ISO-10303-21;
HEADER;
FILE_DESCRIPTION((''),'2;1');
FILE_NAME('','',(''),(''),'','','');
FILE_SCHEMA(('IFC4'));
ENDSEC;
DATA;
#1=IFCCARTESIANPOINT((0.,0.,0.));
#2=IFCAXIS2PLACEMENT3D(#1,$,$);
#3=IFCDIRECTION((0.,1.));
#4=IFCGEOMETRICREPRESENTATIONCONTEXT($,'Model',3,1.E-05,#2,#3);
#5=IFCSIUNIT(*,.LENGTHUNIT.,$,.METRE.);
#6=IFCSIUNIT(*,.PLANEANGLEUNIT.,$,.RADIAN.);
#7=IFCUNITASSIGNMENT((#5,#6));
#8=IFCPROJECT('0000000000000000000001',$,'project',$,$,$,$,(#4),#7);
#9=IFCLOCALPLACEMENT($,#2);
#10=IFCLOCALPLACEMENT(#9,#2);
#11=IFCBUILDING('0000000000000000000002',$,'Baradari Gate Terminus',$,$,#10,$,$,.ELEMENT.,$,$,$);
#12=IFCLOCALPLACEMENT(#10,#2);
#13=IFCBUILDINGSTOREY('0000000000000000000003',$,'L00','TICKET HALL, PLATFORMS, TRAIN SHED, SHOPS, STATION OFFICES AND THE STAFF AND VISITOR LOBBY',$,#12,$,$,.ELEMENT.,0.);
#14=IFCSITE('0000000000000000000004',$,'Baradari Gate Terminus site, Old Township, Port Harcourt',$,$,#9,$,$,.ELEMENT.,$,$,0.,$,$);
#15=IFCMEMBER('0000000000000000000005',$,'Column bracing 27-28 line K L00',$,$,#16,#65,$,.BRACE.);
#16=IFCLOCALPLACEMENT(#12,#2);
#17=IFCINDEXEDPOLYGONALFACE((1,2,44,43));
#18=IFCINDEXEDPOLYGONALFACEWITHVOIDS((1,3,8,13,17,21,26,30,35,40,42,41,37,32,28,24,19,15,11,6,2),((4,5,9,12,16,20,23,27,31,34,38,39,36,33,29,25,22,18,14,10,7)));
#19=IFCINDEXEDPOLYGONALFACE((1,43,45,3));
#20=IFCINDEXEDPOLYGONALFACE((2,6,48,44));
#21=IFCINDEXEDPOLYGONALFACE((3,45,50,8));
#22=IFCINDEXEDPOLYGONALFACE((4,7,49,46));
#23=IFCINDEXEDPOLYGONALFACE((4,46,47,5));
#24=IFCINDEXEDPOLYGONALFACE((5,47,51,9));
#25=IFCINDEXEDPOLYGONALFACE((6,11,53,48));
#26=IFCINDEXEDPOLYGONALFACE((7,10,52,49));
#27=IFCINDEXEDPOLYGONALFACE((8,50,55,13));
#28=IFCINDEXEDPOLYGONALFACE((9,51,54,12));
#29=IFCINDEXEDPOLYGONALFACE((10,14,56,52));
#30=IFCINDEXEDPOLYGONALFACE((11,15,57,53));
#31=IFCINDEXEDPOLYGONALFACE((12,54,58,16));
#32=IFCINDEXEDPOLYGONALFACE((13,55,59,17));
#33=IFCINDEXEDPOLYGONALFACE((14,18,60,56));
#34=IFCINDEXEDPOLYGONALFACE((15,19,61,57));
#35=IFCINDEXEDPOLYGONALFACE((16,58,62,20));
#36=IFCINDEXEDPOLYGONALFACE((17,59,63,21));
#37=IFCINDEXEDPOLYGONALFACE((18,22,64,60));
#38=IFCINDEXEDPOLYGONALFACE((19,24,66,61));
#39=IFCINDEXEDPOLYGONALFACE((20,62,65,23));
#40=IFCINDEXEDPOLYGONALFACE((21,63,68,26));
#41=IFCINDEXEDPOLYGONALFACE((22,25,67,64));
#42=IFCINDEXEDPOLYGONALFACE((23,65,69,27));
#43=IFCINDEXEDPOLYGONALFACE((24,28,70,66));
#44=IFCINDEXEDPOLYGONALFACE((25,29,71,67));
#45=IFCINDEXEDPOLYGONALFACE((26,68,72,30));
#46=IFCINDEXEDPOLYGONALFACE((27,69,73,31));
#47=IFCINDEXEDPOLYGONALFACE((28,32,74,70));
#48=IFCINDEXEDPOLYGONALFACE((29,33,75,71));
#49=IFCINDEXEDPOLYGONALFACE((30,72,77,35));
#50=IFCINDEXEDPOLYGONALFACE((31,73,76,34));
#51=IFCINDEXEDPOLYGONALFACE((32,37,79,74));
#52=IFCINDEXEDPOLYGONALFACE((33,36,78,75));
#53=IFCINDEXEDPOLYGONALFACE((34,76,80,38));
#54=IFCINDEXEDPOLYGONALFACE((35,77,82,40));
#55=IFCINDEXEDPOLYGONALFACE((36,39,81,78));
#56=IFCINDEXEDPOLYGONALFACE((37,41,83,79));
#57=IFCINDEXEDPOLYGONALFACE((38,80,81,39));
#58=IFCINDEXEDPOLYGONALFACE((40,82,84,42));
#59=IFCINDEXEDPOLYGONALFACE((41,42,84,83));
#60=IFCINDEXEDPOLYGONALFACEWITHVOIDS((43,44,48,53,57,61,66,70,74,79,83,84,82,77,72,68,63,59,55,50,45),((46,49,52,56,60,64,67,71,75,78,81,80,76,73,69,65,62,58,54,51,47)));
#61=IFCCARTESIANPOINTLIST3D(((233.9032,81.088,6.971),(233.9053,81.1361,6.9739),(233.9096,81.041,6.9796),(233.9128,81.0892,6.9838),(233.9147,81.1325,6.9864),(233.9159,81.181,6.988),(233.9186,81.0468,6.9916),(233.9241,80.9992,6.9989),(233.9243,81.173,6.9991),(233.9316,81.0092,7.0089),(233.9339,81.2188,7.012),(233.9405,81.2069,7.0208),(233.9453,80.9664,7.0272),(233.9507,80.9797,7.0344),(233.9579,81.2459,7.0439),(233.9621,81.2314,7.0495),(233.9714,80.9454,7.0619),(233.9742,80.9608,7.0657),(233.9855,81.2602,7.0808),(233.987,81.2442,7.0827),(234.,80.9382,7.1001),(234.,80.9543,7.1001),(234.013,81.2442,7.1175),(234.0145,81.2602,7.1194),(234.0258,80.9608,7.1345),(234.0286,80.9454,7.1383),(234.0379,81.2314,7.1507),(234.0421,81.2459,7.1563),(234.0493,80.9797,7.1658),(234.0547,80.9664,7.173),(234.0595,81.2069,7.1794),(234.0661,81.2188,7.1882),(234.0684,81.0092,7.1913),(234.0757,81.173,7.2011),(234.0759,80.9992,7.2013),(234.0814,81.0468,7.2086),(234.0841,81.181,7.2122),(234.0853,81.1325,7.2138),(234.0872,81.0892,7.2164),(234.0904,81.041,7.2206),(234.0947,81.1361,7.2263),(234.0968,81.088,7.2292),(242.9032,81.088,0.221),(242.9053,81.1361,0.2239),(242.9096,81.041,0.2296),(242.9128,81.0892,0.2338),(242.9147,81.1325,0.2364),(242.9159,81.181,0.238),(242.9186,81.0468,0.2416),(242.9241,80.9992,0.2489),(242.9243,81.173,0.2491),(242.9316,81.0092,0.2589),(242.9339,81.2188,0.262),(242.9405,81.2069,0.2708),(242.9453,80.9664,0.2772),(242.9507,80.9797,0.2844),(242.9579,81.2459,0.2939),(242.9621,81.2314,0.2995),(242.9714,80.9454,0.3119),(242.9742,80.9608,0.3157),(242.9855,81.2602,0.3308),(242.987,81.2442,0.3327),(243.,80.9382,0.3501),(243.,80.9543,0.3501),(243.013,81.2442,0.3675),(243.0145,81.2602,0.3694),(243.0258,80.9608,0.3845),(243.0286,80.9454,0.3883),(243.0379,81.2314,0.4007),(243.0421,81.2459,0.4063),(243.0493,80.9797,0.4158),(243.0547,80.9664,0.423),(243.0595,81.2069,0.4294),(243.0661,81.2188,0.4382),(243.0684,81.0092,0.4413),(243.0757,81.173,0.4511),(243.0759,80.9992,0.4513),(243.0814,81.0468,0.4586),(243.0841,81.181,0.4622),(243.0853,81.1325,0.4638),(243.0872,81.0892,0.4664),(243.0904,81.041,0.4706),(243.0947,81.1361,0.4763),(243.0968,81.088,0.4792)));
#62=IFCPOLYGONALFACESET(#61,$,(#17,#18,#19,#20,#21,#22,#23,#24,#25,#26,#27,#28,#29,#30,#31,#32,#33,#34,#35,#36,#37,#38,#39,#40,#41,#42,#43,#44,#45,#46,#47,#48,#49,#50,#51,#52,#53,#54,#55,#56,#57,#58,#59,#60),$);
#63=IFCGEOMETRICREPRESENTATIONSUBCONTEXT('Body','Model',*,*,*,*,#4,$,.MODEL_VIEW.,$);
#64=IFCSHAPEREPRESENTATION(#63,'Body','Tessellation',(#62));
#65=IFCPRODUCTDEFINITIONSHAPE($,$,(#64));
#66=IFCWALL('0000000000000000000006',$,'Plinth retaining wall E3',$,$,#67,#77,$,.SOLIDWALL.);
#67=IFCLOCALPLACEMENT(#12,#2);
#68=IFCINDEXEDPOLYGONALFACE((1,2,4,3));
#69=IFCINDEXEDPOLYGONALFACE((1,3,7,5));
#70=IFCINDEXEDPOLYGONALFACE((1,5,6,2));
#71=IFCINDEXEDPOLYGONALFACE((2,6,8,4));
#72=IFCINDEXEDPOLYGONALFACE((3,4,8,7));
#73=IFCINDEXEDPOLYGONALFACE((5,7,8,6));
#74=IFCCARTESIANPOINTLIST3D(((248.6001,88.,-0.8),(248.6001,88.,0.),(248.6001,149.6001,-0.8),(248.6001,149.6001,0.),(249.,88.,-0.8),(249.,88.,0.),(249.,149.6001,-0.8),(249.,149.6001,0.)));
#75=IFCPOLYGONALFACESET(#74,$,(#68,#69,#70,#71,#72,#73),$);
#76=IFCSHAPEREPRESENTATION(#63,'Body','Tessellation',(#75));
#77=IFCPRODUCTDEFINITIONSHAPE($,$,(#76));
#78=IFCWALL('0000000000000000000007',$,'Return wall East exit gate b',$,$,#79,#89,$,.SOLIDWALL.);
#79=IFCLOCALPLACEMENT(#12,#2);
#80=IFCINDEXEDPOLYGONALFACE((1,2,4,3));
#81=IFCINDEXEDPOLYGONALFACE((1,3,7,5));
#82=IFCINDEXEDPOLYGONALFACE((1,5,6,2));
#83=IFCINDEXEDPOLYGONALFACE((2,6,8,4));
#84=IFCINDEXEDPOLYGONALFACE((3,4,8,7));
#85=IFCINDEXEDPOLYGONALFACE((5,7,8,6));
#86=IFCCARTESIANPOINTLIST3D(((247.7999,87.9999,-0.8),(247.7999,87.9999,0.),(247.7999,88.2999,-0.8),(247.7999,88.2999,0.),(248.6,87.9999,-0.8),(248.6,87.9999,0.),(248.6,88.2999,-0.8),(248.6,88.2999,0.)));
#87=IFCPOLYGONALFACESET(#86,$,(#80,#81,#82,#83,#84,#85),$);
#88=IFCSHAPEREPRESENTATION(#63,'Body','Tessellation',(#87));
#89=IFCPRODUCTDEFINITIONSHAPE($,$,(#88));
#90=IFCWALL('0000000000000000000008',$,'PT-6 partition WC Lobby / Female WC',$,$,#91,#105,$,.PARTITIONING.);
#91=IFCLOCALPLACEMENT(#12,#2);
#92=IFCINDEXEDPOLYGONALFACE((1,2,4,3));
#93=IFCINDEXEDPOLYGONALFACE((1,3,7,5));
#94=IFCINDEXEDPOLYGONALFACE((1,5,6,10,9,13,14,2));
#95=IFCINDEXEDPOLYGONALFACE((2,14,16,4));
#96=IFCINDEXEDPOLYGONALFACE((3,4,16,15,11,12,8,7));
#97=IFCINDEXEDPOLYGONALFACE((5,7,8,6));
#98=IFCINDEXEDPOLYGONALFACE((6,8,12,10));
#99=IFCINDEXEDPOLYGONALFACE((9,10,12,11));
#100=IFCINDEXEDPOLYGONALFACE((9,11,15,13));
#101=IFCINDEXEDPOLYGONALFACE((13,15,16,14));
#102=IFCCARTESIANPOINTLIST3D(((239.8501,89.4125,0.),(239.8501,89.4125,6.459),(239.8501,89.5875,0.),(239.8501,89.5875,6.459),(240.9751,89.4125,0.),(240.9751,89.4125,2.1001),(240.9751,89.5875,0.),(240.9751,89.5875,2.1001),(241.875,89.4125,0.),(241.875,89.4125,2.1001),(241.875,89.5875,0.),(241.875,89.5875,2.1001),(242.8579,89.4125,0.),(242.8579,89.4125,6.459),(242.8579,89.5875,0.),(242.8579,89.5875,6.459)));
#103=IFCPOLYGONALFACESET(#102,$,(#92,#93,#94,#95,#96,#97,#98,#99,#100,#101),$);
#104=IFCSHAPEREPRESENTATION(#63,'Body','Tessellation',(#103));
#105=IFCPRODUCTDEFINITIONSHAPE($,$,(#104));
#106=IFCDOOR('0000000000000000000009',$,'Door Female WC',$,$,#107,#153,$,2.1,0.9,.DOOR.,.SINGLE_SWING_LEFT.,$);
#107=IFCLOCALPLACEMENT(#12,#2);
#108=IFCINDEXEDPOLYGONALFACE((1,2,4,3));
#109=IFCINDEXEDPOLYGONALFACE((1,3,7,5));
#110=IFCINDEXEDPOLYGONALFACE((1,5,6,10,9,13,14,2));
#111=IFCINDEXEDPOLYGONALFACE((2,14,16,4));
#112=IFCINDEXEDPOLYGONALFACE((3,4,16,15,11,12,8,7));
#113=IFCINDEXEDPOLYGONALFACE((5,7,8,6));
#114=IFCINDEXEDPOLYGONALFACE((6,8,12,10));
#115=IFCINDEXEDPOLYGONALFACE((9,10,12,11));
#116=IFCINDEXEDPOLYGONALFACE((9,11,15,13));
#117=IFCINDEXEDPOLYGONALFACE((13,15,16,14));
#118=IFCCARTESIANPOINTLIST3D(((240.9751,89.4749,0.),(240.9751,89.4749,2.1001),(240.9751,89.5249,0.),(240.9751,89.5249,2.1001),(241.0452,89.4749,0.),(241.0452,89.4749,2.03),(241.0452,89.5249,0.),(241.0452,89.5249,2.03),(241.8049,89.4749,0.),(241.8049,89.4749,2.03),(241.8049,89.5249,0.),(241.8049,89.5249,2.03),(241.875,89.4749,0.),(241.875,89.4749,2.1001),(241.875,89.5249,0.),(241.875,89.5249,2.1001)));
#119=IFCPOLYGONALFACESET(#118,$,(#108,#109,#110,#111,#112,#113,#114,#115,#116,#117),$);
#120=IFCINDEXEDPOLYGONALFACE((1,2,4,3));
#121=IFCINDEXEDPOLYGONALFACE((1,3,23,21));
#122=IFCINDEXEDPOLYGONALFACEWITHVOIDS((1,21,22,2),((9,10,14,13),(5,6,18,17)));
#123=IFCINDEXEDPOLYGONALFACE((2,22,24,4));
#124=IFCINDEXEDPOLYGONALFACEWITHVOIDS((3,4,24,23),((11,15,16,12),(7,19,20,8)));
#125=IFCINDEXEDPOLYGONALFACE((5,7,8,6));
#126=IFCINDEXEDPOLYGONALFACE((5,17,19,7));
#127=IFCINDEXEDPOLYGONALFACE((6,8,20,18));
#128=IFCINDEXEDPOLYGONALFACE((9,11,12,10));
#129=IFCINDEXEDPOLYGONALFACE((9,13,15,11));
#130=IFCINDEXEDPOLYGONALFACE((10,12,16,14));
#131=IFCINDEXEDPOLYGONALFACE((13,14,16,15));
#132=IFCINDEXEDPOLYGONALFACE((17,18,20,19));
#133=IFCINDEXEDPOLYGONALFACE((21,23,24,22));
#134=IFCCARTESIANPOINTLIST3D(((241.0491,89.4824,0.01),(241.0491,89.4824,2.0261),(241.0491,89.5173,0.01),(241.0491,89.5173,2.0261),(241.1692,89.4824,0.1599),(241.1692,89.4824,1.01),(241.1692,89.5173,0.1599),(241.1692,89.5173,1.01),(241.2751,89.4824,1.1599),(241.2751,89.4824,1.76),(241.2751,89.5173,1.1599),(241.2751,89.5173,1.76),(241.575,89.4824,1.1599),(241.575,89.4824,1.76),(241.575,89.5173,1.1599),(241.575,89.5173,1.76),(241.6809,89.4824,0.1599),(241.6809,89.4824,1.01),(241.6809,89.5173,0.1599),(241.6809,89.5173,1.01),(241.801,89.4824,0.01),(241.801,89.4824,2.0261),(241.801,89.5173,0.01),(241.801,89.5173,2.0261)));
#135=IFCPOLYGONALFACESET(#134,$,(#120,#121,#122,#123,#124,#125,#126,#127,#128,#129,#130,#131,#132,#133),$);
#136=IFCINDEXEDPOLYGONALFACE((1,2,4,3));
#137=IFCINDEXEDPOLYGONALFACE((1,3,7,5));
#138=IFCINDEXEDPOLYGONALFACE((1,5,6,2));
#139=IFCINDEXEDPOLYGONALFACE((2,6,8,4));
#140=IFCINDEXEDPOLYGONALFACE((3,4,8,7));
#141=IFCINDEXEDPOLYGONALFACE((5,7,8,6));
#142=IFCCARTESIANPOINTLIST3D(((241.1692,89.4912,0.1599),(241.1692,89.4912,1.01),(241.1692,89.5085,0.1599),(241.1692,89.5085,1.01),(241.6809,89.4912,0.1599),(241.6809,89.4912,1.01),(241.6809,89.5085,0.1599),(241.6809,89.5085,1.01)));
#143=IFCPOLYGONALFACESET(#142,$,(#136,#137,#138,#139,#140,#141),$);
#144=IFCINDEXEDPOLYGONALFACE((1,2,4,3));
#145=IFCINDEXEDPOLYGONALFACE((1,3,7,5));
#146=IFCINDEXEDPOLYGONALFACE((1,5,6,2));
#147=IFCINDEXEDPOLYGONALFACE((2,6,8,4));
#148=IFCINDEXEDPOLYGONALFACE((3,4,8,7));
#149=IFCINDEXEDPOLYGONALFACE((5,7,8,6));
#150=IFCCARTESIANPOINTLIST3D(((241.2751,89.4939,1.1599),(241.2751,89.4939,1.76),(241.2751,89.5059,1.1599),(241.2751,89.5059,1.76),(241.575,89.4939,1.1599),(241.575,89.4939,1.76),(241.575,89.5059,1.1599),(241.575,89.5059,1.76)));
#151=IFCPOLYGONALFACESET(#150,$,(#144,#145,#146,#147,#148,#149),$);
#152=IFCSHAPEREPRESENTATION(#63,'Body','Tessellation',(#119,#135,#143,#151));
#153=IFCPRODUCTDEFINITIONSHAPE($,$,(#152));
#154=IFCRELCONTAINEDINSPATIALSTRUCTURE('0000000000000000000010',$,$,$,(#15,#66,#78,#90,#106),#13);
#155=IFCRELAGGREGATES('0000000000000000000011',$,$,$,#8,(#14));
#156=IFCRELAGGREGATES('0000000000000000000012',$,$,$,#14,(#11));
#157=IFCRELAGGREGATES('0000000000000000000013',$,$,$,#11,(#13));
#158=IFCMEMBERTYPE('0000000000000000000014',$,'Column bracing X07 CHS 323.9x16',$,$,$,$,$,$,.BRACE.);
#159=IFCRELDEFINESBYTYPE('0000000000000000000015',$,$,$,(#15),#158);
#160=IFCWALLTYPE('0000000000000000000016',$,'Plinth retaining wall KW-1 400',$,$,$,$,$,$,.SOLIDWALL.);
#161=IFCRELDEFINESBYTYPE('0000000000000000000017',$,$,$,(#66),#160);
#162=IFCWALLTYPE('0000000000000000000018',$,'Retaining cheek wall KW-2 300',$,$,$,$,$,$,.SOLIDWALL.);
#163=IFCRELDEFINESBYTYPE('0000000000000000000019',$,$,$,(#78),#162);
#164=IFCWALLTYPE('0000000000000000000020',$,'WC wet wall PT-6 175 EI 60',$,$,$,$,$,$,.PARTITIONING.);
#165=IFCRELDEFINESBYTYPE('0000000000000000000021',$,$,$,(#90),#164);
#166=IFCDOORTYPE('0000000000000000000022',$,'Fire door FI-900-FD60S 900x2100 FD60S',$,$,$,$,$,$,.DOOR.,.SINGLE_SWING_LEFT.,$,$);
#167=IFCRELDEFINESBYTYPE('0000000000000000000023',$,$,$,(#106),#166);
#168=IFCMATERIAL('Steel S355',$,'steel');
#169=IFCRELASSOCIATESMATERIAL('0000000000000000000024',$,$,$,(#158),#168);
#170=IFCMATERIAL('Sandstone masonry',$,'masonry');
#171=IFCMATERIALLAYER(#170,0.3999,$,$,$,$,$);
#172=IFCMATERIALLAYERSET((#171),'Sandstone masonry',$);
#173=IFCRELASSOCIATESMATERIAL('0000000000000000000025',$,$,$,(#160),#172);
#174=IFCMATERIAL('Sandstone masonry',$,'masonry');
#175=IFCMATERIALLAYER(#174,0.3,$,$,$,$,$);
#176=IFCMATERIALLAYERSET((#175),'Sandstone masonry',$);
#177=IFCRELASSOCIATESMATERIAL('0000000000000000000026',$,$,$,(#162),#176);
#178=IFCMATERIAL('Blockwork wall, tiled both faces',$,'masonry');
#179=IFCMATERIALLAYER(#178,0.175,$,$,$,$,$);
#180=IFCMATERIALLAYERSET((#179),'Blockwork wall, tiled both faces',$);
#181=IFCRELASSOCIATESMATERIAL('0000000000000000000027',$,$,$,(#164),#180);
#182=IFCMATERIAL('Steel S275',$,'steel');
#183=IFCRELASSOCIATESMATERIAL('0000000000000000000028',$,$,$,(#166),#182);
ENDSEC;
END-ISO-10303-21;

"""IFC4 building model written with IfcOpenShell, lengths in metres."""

from ifc_helpers import new_model, si_unit, direction, frame, frame_2d, origin, origin_2d, place, context, subcontext, project, spatial, polyline, rectangle, hollow_circle, outline, extrude, material, layer, layer_set, material_profile, profile_set, type_object, element, fill, save


model = new_model("IFC4")

# Units and contexts
model_context = context("Model", 3, precision=1e-05, world=origin(), true_north=direction((0.0, 1.0)))
body_context = subcontext(model_context, "Body", "Model", "MODEL_VIEW")
ifc_project = project(units=[si_unit("LENGTHUNIT", "METRE"), si_unit("PLANEANGLEUNIT", "RADIAN")], contexts=[model_context])

# Site, building, storey
site_placement = place(None, origin())
site = spatial("IfcSite", under=ifc_project, at=site_placement, Name="Baradari Gate Terminus site, Old Township, Port Harcourt", CompositionType="ELEMENT", RefElevation=0.0)
building_placement = place(site_placement, origin())
building = spatial("IfcBuilding", under=site, at=building_placement, Name="Baradari Gate Terminus", CompositionType="ELEMENT")
storey_placement = place(building_placement, origin())
storey = spatial("IfcBuildingStorey", under=building, at=storey_placement, Name="L00", Description="TICKET HALL, PLATFORMS, TRAIN SHED, SHOPS, STATION OFFICES AND THE STAFF AND VISITOR LOBBY", CompositionType="ELEMENT", Elevation=0.0)

# Member
ifc_material_1 = material(Name="Steel S355", Category="steel")
ifc_material_profile_1 = material_profile(ifc_material_1, hollow_circle(Radius=0.1619, WallThickness=0.0161, at=origin_2d()), Name="CHS 323.9x16")
ifc_profile_set_1 = profile_set([ifc_material_profile_1], Name="Steel S355")
member_type = type_object("IfcMemberType", Name="Column bracing X07 CHS 323.9x16", PredefinedType="BRACE", material=ifc_profile_set_1)
member_placement = place(storey_placement, frame((243.0, 81.1001, 0.3501), z_axis=(-0.8, 0.0, 0.6), x_axis=(0.0, -1.0, 0.0)))
element("IfcMember", 1, at=member_placement, inside=storey, type_object=member_type, Name="Column bracing 27-28 line K L00", PredefinedType="BRACE", context=body_context, shape_type="SweptSolid", body=[
    extrude(hollow_circle(Radius=0.1619, WallThickness=0.0161, at=origin_2d()), origin(), (0.0, 0.0, 1.0), 11.25),
])

# Walls
ifc_material_2 = material(Name="Sandstone masonry", Category="masonry")
ifc_layer_1 = layer(ifc_material_2, 0.3999)
ifc_layer_set_1 = layer_set([ifc_layer_1], Name="Sandstone masonry")
wall_type_1 = type_object("IfcWallType", Name="Plinth retaining wall KW-1 400", PredefinedType="SOLIDWALL", material=ifc_layer_set_1)
wall_1_placement = place(storey_placement, frame((248.8, 88.0, -0.8), z_axis=(0.0, 0.0, 1.0), x_axis=(0.0, 1.0, 0.0)))
element("IfcWall", 2, at=wall_1_placement, inside=storey, type_object=wall_type_1, Name="Plinth retaining wall E3", PredefinedType="SOLIDWALL", context=body_context, shape_type="SweptSolid", body=[
    extrude(rectangle(XDim=61.6001, YDim=0.3999, at=frame_2d((30.8, 0.0))), origin(), (0.0, 0.0, 1.0), 0.8),
])
ifc_material_3 = material(Name="Sandstone masonry", Category="masonry")
ifc_layer_2 = layer(ifc_material_3, 0.3)
ifc_layer_set_2 = layer_set([ifc_layer_2], Name="Sandstone masonry")
wall_type_2 = type_object("IfcWallType", Name="Retaining cheek wall KW-2 300", PredefinedType="SOLIDWALL", material=ifc_layer_set_2)
wall_2_placement = place(storey_placement, frame((247.8, 88.1499, -0.8), z_axis=(0.0, 0.0, 1.0), x_axis=(1.0, 0.0, 0.0)))
element("IfcWall", 3, at=wall_2_placement, inside=storey, type_object=wall_type_2, Name="Return wall East exit gate b", PredefinedType="SOLIDWALL", context=body_context, shape_type="SweptSolid", body=[
    extrude(rectangle(XDim=0.8, YDim=0.3, at=frame_2d((0.3999, 0.0))), origin(), (0.0, 0.0, 1.0), 0.8),
])

# Wall, opening, door
ifc_material_4 = material(Name="Blockwork wall, tiled both faces", Category="masonry")
ifc_layer_3 = layer(ifc_material_4, 0.175)
ifc_layer_set_3 = layer_set([ifc_layer_3], Name="Blockwork wall, tiled both faces")
wall_type_3 = type_object("IfcWallType", Name="WC wet wall PT-6 175 EI 60", PredefinedType="PARTITIONING", material=ifc_layer_set_3)
wall_3_placement = place(storey_placement, frame((239.8501, 89.5, 0.0), z_axis=(0.0, 0.0, 1.0), x_axis=(1.0, 0.0, 0.0)))
wall_3 = element("IfcWall", 4, at=wall_3_placement, inside=storey, type_object=wall_type_3, Name="PT-6 partition WC Lobby / Female WC", PredefinedType="PARTITIONING", context=body_context, shape_type="SweptSolid", body=[
    extrude(rectangle(XDim=3.0078, YDim=0.175, at=frame_2d((1.5039, 0.0))), origin(), (0.0, 0.0, 1.0), 6.459),
])
opening_1_placement = place(wall_3_placement, frame((1.125, 0.0, 0.0)))
opening_1 = element("IfcOpeningElement", 5, at=opening_1_placement, cuts=wall_3, PredefinedType="OPENING", context=body_context, shape_type="SweptSolid", body=[
    extrude(rectangle(XDim=0.8999, YDim=2.1001, at=frame_2d((0.45, 1.05))), frame((0.0, 0.0974, 0.0), z_axis=(0.0, -1.0, 0.0), x_axis=(1.0, 0.0, 0.0)), (0.0, 0.0, 1.0), 0.1951),
])
ifc_material_5 = material(Name="Steel S275", Category="steel")
door_type_1 = type_object("IfcDoorType", Name="Fire door FI-900-FD60S 900x2100 FD60S", OperationType="SINGLE_SWING_LEFT", PredefinedType="DOOR", material=ifc_material_5)
door_1_placement = place(opening_1_placement, origin())
door_1 = element("IfcDoor", 6, at=door_1_placement, inside=storey, type_object=door_type_1, Name="Door Female WC", OperationType="SINGLE_SWING_LEFT", OverallHeight=2.1, OverallWidth=0.9, PredefinedType="DOOR", context=body_context, shape_type="SweptSolid", body=[
    extrude(outline(polyline([(0.0, 0.0), (0.0701, 0.0), (0.0701, 2.03), (0.8298, 2.03), (0.8298, 0.0), (0.8999, 0.0), (0.8999, 2.1001), (0.0, 2.1001), (0.0, 0.0)])), frame((0.0, 0.0249, 0.0), z_axis=(0.0, -1.0, 0.0), x_axis=(1.0, 0.0, 0.0)), (0.0, 0.0, 1.0), 0.05),
    extrude(outline(polyline([(0.074, 0.01), (0.8259, 0.01), (0.8259, 2.0261), (0.074, 2.0261), (0.074, 0.01)]), holes=[polyline([(0.1941, 0.1599), (0.7058, 0.1599), (0.7058, 1.01), (0.1941, 1.01), (0.1941, 0.1599)]), polyline([(0.3, 1.1599), (0.5999, 1.1599), (0.5999, 1.76), (0.3, 1.76), (0.3, 1.1599)])]), frame((0.0, 0.0173, 0.0), z_axis=(0.0, -1.0, 0.0), x_axis=(1.0, 0.0, 0.0)), (0.0, 0.0, 1.0), 0.0349),
    extrude(rectangle(XDim=0.5117, YDim=0.8501, at=frame_2d((0.45, 0.585))), frame((0.0, 0.0085, 0.0), z_axis=(0.0, -1.0, 0.0), x_axis=(1.0, 0.0, 0.0)), (0.0, 0.0, 1.0), 0.0173),
    extrude(rectangle(XDim=0.2998, YDim=0.6001, at=frame_2d((0.45, 1.46))), frame((0.0, 0.0059, 0.0), z_axis=(0.0, -1.0, 0.0), x_axis=(1.0, 0.0, 0.0)), (0.0, 0.0, 1.0), 0.012),
])
fill(opening_1, door_1)

save(model, "model.ifc")
